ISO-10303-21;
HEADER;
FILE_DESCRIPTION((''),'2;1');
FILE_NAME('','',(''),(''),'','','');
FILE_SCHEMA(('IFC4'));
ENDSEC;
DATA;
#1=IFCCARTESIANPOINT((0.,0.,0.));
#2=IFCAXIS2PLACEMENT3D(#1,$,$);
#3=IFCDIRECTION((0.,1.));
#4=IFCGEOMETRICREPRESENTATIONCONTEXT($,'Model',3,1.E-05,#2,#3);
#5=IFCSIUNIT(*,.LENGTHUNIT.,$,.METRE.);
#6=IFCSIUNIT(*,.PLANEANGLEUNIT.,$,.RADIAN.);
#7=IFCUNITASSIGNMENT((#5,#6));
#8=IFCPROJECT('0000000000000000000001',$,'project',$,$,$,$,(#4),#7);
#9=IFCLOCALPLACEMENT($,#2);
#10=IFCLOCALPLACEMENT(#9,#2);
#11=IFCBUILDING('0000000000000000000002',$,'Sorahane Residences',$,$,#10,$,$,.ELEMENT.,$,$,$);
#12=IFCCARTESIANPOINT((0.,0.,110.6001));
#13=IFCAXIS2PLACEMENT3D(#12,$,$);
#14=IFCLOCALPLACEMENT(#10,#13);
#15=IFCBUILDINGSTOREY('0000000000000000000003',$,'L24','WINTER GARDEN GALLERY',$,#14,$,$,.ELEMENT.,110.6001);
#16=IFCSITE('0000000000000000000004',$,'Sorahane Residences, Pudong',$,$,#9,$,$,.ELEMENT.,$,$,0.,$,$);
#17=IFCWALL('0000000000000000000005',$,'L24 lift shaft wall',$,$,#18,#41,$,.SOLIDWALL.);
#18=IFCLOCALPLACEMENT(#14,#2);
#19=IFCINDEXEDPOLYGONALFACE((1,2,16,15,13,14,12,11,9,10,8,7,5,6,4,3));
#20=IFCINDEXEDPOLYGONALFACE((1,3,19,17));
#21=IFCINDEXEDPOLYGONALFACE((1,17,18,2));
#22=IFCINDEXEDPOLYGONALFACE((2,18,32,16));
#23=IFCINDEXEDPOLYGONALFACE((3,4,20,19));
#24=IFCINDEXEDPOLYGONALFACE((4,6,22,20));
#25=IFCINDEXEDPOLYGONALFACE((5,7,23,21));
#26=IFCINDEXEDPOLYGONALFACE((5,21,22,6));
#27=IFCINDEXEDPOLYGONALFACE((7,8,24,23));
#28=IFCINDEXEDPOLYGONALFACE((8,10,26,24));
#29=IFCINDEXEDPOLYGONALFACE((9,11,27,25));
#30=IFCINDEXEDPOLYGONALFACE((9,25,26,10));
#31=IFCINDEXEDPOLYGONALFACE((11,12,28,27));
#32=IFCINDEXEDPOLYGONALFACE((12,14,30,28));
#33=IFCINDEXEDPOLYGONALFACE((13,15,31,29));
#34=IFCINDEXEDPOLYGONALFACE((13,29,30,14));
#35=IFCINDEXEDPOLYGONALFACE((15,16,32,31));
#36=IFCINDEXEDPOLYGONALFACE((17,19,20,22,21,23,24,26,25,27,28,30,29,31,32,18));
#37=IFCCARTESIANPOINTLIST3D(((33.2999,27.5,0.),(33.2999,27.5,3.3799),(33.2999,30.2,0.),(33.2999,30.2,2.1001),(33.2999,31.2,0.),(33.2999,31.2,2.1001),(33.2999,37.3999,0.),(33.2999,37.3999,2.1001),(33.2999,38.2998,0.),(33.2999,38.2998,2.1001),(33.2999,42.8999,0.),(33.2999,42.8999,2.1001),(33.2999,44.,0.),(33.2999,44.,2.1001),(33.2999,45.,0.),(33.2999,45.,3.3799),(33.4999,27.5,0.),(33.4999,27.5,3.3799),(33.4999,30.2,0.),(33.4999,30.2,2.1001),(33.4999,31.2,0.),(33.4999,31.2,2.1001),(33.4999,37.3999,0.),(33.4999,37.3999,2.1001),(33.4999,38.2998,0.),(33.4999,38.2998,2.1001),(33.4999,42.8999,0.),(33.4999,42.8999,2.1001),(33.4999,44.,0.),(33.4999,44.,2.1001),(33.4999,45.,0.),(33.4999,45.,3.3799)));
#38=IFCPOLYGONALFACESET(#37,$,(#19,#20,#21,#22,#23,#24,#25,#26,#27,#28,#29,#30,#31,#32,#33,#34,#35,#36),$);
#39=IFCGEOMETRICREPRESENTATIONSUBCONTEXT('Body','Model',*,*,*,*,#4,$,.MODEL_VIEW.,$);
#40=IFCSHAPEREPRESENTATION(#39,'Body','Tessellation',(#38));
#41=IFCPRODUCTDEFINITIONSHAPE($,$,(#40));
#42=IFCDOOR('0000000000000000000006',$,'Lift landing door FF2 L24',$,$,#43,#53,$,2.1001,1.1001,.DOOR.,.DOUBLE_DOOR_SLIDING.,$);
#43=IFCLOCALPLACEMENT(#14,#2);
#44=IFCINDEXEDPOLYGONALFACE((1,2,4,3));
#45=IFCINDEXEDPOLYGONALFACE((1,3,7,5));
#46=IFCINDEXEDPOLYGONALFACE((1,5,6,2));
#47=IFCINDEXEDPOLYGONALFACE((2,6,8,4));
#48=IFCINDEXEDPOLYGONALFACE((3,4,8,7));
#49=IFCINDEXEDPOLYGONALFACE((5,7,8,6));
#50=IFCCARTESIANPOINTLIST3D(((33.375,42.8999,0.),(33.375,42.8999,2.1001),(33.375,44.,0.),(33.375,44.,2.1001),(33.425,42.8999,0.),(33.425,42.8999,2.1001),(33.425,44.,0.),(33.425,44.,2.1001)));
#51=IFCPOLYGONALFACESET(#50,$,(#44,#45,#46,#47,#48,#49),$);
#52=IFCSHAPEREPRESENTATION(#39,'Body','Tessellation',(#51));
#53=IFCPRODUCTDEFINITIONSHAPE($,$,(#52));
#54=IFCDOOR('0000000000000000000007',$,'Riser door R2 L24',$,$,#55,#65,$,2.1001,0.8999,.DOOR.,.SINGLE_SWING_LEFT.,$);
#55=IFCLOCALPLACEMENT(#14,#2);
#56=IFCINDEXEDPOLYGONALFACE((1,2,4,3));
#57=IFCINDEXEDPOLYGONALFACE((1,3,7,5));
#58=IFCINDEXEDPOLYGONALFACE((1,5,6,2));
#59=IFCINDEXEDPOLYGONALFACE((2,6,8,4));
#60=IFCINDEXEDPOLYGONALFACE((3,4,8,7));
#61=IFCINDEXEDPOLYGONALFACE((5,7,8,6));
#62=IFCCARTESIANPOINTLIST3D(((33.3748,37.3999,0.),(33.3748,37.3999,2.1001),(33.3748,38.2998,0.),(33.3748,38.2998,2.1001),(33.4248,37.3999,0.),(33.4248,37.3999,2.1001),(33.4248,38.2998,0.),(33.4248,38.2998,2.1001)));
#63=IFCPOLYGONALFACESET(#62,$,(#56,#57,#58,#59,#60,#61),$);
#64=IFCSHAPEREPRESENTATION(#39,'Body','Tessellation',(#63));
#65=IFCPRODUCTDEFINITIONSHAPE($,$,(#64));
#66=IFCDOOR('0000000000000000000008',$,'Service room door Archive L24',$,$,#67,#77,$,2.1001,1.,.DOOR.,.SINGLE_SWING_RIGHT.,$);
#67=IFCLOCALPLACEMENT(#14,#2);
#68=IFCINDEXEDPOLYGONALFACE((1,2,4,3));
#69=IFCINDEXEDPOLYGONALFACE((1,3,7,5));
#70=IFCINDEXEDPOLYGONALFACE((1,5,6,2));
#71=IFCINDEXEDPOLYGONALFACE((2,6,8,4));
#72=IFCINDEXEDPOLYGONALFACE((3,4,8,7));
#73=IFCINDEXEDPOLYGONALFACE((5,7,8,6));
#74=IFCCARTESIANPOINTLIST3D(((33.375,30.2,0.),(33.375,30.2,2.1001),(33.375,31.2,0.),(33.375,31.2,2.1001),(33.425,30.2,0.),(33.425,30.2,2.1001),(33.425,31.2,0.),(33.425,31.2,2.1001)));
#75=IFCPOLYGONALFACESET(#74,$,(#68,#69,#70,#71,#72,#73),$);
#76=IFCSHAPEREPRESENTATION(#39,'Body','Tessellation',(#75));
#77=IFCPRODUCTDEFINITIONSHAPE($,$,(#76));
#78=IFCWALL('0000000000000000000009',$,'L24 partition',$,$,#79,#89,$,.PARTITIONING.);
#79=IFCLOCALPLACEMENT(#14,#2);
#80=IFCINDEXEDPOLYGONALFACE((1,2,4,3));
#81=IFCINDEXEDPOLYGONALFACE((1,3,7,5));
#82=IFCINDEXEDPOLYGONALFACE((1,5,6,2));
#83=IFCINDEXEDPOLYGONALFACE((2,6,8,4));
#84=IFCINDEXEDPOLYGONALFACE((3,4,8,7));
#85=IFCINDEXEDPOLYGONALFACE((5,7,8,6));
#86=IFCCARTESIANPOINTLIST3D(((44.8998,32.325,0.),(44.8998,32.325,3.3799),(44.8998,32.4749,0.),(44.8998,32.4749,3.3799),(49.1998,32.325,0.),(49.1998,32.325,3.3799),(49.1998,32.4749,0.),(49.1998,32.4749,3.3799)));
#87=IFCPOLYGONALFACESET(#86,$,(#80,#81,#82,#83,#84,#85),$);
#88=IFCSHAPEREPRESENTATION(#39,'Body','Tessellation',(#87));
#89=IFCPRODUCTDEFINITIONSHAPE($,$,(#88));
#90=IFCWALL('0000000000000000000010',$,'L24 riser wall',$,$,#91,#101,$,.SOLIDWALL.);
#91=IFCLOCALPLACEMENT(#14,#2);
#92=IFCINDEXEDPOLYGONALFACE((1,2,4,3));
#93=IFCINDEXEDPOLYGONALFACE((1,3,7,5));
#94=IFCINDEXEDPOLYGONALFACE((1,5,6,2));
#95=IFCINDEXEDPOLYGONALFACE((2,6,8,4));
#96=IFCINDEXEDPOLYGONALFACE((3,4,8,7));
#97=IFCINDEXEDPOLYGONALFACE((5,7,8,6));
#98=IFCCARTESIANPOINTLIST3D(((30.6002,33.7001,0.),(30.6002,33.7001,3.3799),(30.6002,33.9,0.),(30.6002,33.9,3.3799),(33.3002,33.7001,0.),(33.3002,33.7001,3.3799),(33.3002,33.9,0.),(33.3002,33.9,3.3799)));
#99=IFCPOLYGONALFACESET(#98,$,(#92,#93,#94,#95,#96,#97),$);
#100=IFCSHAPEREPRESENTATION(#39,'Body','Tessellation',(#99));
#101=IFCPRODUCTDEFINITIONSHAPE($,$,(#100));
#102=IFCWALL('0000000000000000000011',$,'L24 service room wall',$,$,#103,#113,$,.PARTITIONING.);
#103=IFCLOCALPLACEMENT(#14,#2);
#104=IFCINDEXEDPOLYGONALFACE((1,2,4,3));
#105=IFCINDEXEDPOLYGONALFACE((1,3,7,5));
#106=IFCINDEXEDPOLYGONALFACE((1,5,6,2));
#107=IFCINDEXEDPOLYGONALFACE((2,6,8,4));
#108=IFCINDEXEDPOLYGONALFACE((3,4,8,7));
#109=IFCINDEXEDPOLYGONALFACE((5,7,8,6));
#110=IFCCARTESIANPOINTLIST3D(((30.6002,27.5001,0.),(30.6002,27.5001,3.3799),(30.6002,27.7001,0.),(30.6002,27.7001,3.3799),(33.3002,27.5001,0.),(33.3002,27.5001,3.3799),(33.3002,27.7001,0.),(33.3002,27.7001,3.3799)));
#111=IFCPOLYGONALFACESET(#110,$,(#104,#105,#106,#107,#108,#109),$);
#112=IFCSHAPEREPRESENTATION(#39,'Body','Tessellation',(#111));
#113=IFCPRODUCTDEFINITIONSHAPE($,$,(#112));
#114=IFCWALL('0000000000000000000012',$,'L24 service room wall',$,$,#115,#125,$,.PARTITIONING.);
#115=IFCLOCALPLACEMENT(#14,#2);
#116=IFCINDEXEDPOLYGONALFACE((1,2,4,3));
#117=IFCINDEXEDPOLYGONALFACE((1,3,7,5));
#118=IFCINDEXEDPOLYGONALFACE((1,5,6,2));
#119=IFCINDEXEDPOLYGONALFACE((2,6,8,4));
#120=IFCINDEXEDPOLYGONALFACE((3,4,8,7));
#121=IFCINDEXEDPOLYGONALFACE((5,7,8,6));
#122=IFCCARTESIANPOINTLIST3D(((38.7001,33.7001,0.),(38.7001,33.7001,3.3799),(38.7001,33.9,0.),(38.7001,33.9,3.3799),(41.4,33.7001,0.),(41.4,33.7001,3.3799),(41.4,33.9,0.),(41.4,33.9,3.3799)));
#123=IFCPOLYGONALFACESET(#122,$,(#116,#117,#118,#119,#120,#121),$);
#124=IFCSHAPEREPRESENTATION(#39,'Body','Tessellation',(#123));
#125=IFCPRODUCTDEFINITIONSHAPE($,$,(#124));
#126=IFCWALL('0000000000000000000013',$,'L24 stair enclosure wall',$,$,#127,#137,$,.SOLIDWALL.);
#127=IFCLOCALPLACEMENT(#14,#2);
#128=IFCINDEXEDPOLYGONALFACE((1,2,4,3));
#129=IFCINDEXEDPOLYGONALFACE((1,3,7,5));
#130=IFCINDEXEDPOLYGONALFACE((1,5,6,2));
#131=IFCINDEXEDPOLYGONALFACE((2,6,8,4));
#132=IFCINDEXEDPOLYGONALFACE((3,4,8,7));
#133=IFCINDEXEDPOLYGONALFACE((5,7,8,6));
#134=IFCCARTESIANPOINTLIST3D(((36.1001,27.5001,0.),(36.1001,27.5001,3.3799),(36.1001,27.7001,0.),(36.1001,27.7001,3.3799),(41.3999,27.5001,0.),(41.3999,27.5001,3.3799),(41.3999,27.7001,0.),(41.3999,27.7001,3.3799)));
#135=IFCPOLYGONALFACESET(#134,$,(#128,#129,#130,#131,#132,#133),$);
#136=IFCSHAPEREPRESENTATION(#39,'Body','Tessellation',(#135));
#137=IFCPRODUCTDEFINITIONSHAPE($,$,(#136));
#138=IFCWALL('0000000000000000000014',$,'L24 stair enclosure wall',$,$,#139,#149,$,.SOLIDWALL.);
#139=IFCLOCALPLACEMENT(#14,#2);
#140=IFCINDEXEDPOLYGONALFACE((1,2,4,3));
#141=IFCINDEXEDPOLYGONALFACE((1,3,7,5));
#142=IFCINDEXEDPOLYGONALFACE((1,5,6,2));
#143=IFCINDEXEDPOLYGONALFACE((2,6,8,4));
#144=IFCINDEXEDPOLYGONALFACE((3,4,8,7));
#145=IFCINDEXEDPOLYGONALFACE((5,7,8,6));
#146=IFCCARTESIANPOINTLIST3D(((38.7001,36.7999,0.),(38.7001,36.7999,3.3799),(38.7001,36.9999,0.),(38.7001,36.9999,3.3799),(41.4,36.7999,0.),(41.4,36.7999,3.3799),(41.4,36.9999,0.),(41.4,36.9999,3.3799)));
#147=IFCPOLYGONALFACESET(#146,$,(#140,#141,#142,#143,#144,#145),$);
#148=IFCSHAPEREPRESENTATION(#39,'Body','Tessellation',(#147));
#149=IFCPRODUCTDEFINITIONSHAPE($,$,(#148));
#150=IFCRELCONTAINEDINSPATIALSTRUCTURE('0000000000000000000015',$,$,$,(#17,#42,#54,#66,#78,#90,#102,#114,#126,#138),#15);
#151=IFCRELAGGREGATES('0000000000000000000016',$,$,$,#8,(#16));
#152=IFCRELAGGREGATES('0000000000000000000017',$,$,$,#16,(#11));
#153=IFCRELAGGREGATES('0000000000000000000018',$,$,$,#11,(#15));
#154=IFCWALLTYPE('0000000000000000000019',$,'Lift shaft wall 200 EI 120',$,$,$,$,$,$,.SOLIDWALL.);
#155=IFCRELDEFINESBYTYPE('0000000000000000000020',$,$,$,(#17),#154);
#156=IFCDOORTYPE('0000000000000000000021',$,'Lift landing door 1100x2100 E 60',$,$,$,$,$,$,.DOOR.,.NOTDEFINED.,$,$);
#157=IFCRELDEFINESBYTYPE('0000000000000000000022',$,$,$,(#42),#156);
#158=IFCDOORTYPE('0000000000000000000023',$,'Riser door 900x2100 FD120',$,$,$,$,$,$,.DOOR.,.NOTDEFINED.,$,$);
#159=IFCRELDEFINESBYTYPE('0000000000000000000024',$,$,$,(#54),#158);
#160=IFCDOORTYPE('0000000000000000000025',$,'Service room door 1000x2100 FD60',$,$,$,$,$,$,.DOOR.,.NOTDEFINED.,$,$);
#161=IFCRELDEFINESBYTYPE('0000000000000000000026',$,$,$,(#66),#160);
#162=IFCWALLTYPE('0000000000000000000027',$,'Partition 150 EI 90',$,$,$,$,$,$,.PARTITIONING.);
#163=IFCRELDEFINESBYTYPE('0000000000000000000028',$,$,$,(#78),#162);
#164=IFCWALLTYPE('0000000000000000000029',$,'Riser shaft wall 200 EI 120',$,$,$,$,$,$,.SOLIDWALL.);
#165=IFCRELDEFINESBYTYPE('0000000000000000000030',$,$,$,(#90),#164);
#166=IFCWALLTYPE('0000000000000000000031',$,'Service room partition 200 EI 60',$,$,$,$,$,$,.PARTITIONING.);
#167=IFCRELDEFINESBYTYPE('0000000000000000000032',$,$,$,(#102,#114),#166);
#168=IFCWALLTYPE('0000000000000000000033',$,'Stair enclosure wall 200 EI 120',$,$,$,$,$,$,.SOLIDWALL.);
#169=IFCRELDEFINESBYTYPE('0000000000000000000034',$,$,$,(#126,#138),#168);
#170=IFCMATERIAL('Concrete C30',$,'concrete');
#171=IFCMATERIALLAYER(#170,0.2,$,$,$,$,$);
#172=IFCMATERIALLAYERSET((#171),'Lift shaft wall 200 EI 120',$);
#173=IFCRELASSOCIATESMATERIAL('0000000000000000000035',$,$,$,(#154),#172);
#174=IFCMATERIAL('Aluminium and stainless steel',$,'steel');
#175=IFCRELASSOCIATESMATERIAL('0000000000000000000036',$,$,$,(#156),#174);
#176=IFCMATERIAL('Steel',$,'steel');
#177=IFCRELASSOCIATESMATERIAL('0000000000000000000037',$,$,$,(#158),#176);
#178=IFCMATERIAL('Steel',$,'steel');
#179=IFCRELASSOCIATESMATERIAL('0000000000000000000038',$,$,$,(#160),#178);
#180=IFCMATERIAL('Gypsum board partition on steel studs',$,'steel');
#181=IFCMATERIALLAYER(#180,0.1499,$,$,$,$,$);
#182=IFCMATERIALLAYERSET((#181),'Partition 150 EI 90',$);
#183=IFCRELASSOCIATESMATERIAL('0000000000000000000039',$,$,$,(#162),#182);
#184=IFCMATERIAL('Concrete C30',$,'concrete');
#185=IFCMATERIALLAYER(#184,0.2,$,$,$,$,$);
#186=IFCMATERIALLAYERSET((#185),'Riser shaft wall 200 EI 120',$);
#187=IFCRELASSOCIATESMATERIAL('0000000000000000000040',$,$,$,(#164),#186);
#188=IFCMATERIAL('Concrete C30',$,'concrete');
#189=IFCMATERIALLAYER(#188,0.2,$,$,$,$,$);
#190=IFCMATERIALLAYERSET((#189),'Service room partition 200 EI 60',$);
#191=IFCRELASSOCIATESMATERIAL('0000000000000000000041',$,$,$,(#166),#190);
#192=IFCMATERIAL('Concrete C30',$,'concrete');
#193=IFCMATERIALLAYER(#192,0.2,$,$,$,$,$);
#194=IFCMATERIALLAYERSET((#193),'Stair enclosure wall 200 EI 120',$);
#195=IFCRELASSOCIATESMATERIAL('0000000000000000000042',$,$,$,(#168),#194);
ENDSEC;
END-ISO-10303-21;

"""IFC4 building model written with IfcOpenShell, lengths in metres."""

from ifc_helpers import new_model, si_unit, direction, frame, frame_2d, origin, place, context, subcontext, project, spatial, rectangle, extrude, material, layer, layer_set, type_object, element, fill, save


model = new_model("IFC4")

# Units and contexts
model_context = context("Model", 3, precision=1e-05, world=origin(), true_north=direction((0.0, 1.0)))
body_context = subcontext(model_context, "Body", "Model", "MODEL_VIEW")
ifc_project = project(units=[si_unit("LENGTHUNIT", "METRE"), si_unit("PLANEANGLEUNIT", "RADIAN")], contexts=[model_context])

# Site, building, storey
site_placement = place(None, origin())
site = spatial("IfcSite", under=ifc_project, at=site_placement, Name="Sorahane Residences, Pudong", CompositionType="ELEMENT", RefElevation=0.0)
building_placement = place(site_placement, origin())
building = spatial("IfcBuilding", under=site, at=building_placement, Name="Sorahane Residences", CompositionType="ELEMENT")
storey_placement = place(building_placement, frame((0.0, 0.0, 110.6001)))
storey = spatial("IfcBuildingStorey", under=building, at=storey_placement, Name="L24", Description="WINTER GARDEN GALLERY", CompositionType="ELEMENT", Elevation=110.6001)

# Wall, openings, doors
ifc_material_1 = material(Name="Concrete C30", Category="concrete")
ifc_layer_1 = layer(ifc_material_1, 0.2)
ifc_layer_set_1 = layer_set([ifc_layer_1], Name="Lift shaft wall 200 EI 120")
wall_type_1 = type_object("IfcWallType", Name="Lift shaft wall 200 EI 120", PredefinedType="SOLIDWALL", material=ifc_layer_set_1)
wall_1_placement = place(storey_placement, frame((33.3999, 27.5, 0.0), z_axis=(0.0, 0.0, 1.0), x_axis=(0.0, 1.0, 0.0)))
wall_1 = element("IfcWall", 1, at=wall_1_placement, inside=storey, type_object=wall_type_1, Name="L24 lift shaft wall", PredefinedType="SOLIDWALL", context=body_context, shape_type="SweptSolid", body=[
    extrude(rectangle(XDim=17.5, YDim=0.2, at=frame_2d((8.75, 0.0))), origin(), (0.0, 0.0, 1.0), 3.3799),
])
opening_1_placement = place(wall_1_placement, frame((15.3999, 0.0, 0.0)))
opening_1 = element("IfcOpeningElement", 2, at=opening_1_placement, cuts=wall_1, PredefinedType="OPENING", context=body_context, shape_type="SweptSolid", body=[
    extrude(rectangle(XDim=1.1001, YDim=2.1001, at=frame_2d((0.55, 1.05))), frame((0.0, 0.1099, 0.0), z_axis=(0.0, -1.0, 0.0), x_axis=(1.0, 0.0, 0.0)), (0.0, 0.0, 1.0), 0.22),
])
opening_2_placement = place(wall_1_placement, frame((2.7, 0.0, 0.0)))
opening_2 = element("IfcOpeningElement", 3, at=opening_2_placement, cuts=wall_1, PredefinedType="OPENING", context=body_context, shape_type="SweptSolid", body=[
    extrude(rectangle(XDim=1.0, YDim=2.1001, at=frame_2d((0.5, 1.05))), frame((0.0, 0.1099, 0.0), z_axis=(0.0, -1.0, 0.0), x_axis=(1.0, 0.0, 0.0)), (0.0, 0.0, 1.0), 0.22),
])
opening_3_placement = place(wall_1_placement, frame((9.8999, 0.0, 0.0)))
opening_3 = element("IfcOpeningElement", 4, at=opening_3_placement, cuts=wall_1, PredefinedType="OPENING", context=body_context, shape_type="SweptSolid", body=[
    extrude(rectangle(XDim=0.8999, YDim=2.1001, at=frame_2d((0.45, 1.05))), frame((0.0, 0.1099, 0.0), z_axis=(0.0, -1.0, 0.0), x_axis=(1.0, 0.0, 0.0)), (0.0, 0.0, 1.0), 0.22),
])
ifc_material_2 = material(Name="Aluminium and stainless steel", Category="steel")
door_type_1 = type_object("IfcDoorType", Name="Lift landing door 1100x2100 E 60", OperationType="NOTDEFINED", PredefinedType="DOOR", material=ifc_material_2)
door_1_placement = place(opening_1_placement, origin())
door_1 = element("IfcDoor", 5, at=door_1_placement, inside=storey, type_object=door_type_1, Name="Lift landing door FF2 L24", OperationType="DOUBLE_DOOR_SLIDING", OverallHeight=2.1001, OverallWidth=1.1001, PredefinedType="DOOR", context=body_context, shape_type="SweptSolid", body=[
    extrude(rectangle(XDim=1.1001, YDim=2.1001, at=frame_2d((0.55, 1.05))), frame((0.0, 0.0249, 0.0), z_axis=(0.0, -1.0, 0.0), x_axis=(1.0, 0.0, 0.0)), (0.0, 0.0, 1.0), 0.05),
])
fill(opening_1, door_1)
ifc_material_3 = material(Name="Steel", Category="steel")
door_type_2 = type_object("IfcDoorType", Name="Riser door 900x2100 FD120", OperationType="NOTDEFINED", PredefinedType="DOOR", material=ifc_material_3)
door_2_placement = place(opening_3_placement, frame((0.8999, 0.0, 0.0), z_axis=(0.0, 0.0, 1.0), x_axis=(-1.0, 0.0, 0.0)))
door_2 = element("IfcDoor", 6, at=door_2_placement, inside=storey, type_object=door_type_2, Name="Riser door R2 L24", OperationType="SINGLE_SWING_LEFT", OverallHeight=2.1001, OverallWidth=0.8999, PredefinedType="DOOR", context=body_context, shape_type="SweptSolid", body=[
    extrude(rectangle(XDim=0.8999, YDim=2.1001, at=frame_2d((0.45, 1.05))), frame((0.0, 0.0249, 0.0), z_axis=(0.0, -1.0, 0.0), x_axis=(1.0, 0.0, 0.0)), (0.0, 0.0, 1.0), 0.05),
])
fill(opening_3, door_2)
ifc_material_4 = material(Name="Steel", Category="steel")
door_type_3 = type_object("IfcDoorType", Name="Service room door 1000x2100 FD60", OperationType="NOTDEFINED", PredefinedType="DOOR", material=ifc_material_4)
door_3_placement = place(opening_2_placement, origin())
door_3 = element("IfcDoor", 7, at=door_3_placement, inside=storey, type_object=door_type_3, Name="Service room door Archive L24", OperationType="SINGLE_SWING_RIGHT", OverallHeight=2.1001, OverallWidth=1.0, PredefinedType="DOOR", context=body_context, shape_type="SweptSolid", body=[
    extrude(rectangle(XDim=1.0, YDim=2.1001, at=frame_2d((0.5, 1.05))), frame((0.0, 0.0249, 0.0), z_axis=(0.0, -1.0, 0.0), x_axis=(1.0, 0.0, 0.0)), (0.0, 0.0, 1.0), 0.05),
])
fill(opening_2, door_3)

# Walls
ifc_material_5 = material(Name="Gypsum board partition on steel studs", Category="steel")
ifc_layer_2 = layer(ifc_material_5, 0.1499)
ifc_layer_set_2 = layer_set([ifc_layer_2], Name="Partition 150 EI 90")
wall_type_2 = type_object("IfcWallType", Name="Partition 150 EI 90", PredefinedType="PARTITIONING", material=ifc_layer_set_2)
wall_2_placement = place(storey_placement, frame((44.8999, 32.3999, 0.0), z_axis=(0.0, 0.0, 1.0), x_axis=(1.0, 0.0, 0.0)))
element("IfcWall", 8, at=wall_2_placement, inside=storey, type_object=wall_type_2, Name="L24 partition", PredefinedType="PARTITIONING", context=body_context, shape_type="SweptSolid", body=[
    extrude(rectangle(XDim=4.3, YDim=0.1499, at=frame_2d((2.1499, 0.0))), origin(), (0.0, 0.0, 1.0), 3.3799),
])
ifc_material_6 = material(Name="Concrete C30", Category="concrete")
ifc_layer_3 = layer(ifc_material_6, 0.2)
ifc_layer_set_3 = layer_set([ifc_layer_3], Name="Riser shaft wall 200 EI 120")
wall_type_3 = type_object("IfcWallType", Name="Riser shaft wall 200 EI 120", PredefinedType="SOLIDWALL", material=ifc_layer_set_3)
wall_3_placement = place(storey_placement, frame((30.6001, 33.8, 0.0), z_axis=(0.0, 0.0, 1.0), x_axis=(1.0, 0.0, 0.0)))
element("IfcWall", 9, at=wall_3_placement, inside=storey, type_object=wall_type_3, Name="L24 riser wall", PredefinedType="SOLIDWALL", context=body_context, shape_type="SweptSolid", body=[
    extrude(rectangle(XDim=2.7, YDim=0.2, at=frame_2d((1.3501, 0.0))), origin(), (0.0, 0.0, 1.0), 3.3799),
])
ifc_material_7 = material(Name="Concrete C30", Category="concrete")
ifc_layer_4 = layer(ifc_material_7, 0.2)
ifc_layer_set_4 = layer_set([ifc_layer_4], Name="Service room partition 200 EI 60")
wall_type_4 = type_object("IfcWallType", Name="Service room partition 200 EI 60", PredefinedType="PARTITIONING", material=ifc_layer_set_4)
for number, where, z_axis, x_axis, name in (
    (10, (30.6001, 27.6001, 0.0), (0.0, 0.0, 1.0), (1.0, 0.0, 0.0), "L24 service room wall"),
    (11, (38.7, 33.8, 0.0), (0.0, 0.0, 1.0), (1.0, 0.0, 0.0), "L24 service room wall"),
):
    element("IfcWall", number, at=place(storey_placement, frame(where, z_axis=z_axis, x_axis=x_axis)), inside=storey, type_object=wall_type_4, Name=name, PredefinedType="PARTITIONING", context=body_context, shape_type="SweptSolid", body=[
        extrude(rectangle(XDim=2.7, YDim=0.2, at=frame_2d((1.3501, 0.0))), origin(), (0.0, 0.0, 1.0), 3.3799),
    ])
ifc_material_8 = material(Name="Concrete C30", Category="concrete")
ifc_layer_5 = layer(ifc_material_8, 0.2)
ifc_layer_set_5 = layer_set([ifc_layer_5], Name="Stair enclosure wall 200 EI 120")
wall_type_5 = type_object("IfcWallType", Name="Stair enclosure wall 200 EI 120", PredefinedType="SOLIDWALL", material=ifc_layer_set_5)
wall_4_placement = place(storey_placement, frame((36.1001, 27.6001, 0.0), z_axis=(0.0, 0.0, 1.0), x_axis=(1.0, 0.0, 0.0)))
element("IfcWall", 12, at=wall_4_placement, inside=storey, type_object=wall_type_5, Name="L24 stair enclosure wall", PredefinedType="SOLIDWALL", context=body_context, shape_type="SweptSolid", body=[
    extrude(rectangle(XDim=5.2998, YDim=0.2, at=frame_2d((2.6499, 0.0))), origin(), (0.0, 0.0, 1.0), 3.3799),
])
wall_5_placement = place(storey_placement, frame((38.7, 36.8999, 0.0), z_axis=(0.0, 0.0, 1.0), x_axis=(1.0, 0.0, 0.0)))
element("IfcWall", 13, at=wall_5_placement, inside=storey, type_object=wall_type_5, Name="L24 stair enclosure wall", PredefinedType="SOLIDWALL", context=body_context, shape_type="SweptSolid", body=[
    extrude(rectangle(XDim=2.7, YDim=0.2, at=frame_2d((1.3501, 0.0))), origin(), (0.0, 0.0, 1.0), 3.3799),
])

save(model, "model.ifc")
